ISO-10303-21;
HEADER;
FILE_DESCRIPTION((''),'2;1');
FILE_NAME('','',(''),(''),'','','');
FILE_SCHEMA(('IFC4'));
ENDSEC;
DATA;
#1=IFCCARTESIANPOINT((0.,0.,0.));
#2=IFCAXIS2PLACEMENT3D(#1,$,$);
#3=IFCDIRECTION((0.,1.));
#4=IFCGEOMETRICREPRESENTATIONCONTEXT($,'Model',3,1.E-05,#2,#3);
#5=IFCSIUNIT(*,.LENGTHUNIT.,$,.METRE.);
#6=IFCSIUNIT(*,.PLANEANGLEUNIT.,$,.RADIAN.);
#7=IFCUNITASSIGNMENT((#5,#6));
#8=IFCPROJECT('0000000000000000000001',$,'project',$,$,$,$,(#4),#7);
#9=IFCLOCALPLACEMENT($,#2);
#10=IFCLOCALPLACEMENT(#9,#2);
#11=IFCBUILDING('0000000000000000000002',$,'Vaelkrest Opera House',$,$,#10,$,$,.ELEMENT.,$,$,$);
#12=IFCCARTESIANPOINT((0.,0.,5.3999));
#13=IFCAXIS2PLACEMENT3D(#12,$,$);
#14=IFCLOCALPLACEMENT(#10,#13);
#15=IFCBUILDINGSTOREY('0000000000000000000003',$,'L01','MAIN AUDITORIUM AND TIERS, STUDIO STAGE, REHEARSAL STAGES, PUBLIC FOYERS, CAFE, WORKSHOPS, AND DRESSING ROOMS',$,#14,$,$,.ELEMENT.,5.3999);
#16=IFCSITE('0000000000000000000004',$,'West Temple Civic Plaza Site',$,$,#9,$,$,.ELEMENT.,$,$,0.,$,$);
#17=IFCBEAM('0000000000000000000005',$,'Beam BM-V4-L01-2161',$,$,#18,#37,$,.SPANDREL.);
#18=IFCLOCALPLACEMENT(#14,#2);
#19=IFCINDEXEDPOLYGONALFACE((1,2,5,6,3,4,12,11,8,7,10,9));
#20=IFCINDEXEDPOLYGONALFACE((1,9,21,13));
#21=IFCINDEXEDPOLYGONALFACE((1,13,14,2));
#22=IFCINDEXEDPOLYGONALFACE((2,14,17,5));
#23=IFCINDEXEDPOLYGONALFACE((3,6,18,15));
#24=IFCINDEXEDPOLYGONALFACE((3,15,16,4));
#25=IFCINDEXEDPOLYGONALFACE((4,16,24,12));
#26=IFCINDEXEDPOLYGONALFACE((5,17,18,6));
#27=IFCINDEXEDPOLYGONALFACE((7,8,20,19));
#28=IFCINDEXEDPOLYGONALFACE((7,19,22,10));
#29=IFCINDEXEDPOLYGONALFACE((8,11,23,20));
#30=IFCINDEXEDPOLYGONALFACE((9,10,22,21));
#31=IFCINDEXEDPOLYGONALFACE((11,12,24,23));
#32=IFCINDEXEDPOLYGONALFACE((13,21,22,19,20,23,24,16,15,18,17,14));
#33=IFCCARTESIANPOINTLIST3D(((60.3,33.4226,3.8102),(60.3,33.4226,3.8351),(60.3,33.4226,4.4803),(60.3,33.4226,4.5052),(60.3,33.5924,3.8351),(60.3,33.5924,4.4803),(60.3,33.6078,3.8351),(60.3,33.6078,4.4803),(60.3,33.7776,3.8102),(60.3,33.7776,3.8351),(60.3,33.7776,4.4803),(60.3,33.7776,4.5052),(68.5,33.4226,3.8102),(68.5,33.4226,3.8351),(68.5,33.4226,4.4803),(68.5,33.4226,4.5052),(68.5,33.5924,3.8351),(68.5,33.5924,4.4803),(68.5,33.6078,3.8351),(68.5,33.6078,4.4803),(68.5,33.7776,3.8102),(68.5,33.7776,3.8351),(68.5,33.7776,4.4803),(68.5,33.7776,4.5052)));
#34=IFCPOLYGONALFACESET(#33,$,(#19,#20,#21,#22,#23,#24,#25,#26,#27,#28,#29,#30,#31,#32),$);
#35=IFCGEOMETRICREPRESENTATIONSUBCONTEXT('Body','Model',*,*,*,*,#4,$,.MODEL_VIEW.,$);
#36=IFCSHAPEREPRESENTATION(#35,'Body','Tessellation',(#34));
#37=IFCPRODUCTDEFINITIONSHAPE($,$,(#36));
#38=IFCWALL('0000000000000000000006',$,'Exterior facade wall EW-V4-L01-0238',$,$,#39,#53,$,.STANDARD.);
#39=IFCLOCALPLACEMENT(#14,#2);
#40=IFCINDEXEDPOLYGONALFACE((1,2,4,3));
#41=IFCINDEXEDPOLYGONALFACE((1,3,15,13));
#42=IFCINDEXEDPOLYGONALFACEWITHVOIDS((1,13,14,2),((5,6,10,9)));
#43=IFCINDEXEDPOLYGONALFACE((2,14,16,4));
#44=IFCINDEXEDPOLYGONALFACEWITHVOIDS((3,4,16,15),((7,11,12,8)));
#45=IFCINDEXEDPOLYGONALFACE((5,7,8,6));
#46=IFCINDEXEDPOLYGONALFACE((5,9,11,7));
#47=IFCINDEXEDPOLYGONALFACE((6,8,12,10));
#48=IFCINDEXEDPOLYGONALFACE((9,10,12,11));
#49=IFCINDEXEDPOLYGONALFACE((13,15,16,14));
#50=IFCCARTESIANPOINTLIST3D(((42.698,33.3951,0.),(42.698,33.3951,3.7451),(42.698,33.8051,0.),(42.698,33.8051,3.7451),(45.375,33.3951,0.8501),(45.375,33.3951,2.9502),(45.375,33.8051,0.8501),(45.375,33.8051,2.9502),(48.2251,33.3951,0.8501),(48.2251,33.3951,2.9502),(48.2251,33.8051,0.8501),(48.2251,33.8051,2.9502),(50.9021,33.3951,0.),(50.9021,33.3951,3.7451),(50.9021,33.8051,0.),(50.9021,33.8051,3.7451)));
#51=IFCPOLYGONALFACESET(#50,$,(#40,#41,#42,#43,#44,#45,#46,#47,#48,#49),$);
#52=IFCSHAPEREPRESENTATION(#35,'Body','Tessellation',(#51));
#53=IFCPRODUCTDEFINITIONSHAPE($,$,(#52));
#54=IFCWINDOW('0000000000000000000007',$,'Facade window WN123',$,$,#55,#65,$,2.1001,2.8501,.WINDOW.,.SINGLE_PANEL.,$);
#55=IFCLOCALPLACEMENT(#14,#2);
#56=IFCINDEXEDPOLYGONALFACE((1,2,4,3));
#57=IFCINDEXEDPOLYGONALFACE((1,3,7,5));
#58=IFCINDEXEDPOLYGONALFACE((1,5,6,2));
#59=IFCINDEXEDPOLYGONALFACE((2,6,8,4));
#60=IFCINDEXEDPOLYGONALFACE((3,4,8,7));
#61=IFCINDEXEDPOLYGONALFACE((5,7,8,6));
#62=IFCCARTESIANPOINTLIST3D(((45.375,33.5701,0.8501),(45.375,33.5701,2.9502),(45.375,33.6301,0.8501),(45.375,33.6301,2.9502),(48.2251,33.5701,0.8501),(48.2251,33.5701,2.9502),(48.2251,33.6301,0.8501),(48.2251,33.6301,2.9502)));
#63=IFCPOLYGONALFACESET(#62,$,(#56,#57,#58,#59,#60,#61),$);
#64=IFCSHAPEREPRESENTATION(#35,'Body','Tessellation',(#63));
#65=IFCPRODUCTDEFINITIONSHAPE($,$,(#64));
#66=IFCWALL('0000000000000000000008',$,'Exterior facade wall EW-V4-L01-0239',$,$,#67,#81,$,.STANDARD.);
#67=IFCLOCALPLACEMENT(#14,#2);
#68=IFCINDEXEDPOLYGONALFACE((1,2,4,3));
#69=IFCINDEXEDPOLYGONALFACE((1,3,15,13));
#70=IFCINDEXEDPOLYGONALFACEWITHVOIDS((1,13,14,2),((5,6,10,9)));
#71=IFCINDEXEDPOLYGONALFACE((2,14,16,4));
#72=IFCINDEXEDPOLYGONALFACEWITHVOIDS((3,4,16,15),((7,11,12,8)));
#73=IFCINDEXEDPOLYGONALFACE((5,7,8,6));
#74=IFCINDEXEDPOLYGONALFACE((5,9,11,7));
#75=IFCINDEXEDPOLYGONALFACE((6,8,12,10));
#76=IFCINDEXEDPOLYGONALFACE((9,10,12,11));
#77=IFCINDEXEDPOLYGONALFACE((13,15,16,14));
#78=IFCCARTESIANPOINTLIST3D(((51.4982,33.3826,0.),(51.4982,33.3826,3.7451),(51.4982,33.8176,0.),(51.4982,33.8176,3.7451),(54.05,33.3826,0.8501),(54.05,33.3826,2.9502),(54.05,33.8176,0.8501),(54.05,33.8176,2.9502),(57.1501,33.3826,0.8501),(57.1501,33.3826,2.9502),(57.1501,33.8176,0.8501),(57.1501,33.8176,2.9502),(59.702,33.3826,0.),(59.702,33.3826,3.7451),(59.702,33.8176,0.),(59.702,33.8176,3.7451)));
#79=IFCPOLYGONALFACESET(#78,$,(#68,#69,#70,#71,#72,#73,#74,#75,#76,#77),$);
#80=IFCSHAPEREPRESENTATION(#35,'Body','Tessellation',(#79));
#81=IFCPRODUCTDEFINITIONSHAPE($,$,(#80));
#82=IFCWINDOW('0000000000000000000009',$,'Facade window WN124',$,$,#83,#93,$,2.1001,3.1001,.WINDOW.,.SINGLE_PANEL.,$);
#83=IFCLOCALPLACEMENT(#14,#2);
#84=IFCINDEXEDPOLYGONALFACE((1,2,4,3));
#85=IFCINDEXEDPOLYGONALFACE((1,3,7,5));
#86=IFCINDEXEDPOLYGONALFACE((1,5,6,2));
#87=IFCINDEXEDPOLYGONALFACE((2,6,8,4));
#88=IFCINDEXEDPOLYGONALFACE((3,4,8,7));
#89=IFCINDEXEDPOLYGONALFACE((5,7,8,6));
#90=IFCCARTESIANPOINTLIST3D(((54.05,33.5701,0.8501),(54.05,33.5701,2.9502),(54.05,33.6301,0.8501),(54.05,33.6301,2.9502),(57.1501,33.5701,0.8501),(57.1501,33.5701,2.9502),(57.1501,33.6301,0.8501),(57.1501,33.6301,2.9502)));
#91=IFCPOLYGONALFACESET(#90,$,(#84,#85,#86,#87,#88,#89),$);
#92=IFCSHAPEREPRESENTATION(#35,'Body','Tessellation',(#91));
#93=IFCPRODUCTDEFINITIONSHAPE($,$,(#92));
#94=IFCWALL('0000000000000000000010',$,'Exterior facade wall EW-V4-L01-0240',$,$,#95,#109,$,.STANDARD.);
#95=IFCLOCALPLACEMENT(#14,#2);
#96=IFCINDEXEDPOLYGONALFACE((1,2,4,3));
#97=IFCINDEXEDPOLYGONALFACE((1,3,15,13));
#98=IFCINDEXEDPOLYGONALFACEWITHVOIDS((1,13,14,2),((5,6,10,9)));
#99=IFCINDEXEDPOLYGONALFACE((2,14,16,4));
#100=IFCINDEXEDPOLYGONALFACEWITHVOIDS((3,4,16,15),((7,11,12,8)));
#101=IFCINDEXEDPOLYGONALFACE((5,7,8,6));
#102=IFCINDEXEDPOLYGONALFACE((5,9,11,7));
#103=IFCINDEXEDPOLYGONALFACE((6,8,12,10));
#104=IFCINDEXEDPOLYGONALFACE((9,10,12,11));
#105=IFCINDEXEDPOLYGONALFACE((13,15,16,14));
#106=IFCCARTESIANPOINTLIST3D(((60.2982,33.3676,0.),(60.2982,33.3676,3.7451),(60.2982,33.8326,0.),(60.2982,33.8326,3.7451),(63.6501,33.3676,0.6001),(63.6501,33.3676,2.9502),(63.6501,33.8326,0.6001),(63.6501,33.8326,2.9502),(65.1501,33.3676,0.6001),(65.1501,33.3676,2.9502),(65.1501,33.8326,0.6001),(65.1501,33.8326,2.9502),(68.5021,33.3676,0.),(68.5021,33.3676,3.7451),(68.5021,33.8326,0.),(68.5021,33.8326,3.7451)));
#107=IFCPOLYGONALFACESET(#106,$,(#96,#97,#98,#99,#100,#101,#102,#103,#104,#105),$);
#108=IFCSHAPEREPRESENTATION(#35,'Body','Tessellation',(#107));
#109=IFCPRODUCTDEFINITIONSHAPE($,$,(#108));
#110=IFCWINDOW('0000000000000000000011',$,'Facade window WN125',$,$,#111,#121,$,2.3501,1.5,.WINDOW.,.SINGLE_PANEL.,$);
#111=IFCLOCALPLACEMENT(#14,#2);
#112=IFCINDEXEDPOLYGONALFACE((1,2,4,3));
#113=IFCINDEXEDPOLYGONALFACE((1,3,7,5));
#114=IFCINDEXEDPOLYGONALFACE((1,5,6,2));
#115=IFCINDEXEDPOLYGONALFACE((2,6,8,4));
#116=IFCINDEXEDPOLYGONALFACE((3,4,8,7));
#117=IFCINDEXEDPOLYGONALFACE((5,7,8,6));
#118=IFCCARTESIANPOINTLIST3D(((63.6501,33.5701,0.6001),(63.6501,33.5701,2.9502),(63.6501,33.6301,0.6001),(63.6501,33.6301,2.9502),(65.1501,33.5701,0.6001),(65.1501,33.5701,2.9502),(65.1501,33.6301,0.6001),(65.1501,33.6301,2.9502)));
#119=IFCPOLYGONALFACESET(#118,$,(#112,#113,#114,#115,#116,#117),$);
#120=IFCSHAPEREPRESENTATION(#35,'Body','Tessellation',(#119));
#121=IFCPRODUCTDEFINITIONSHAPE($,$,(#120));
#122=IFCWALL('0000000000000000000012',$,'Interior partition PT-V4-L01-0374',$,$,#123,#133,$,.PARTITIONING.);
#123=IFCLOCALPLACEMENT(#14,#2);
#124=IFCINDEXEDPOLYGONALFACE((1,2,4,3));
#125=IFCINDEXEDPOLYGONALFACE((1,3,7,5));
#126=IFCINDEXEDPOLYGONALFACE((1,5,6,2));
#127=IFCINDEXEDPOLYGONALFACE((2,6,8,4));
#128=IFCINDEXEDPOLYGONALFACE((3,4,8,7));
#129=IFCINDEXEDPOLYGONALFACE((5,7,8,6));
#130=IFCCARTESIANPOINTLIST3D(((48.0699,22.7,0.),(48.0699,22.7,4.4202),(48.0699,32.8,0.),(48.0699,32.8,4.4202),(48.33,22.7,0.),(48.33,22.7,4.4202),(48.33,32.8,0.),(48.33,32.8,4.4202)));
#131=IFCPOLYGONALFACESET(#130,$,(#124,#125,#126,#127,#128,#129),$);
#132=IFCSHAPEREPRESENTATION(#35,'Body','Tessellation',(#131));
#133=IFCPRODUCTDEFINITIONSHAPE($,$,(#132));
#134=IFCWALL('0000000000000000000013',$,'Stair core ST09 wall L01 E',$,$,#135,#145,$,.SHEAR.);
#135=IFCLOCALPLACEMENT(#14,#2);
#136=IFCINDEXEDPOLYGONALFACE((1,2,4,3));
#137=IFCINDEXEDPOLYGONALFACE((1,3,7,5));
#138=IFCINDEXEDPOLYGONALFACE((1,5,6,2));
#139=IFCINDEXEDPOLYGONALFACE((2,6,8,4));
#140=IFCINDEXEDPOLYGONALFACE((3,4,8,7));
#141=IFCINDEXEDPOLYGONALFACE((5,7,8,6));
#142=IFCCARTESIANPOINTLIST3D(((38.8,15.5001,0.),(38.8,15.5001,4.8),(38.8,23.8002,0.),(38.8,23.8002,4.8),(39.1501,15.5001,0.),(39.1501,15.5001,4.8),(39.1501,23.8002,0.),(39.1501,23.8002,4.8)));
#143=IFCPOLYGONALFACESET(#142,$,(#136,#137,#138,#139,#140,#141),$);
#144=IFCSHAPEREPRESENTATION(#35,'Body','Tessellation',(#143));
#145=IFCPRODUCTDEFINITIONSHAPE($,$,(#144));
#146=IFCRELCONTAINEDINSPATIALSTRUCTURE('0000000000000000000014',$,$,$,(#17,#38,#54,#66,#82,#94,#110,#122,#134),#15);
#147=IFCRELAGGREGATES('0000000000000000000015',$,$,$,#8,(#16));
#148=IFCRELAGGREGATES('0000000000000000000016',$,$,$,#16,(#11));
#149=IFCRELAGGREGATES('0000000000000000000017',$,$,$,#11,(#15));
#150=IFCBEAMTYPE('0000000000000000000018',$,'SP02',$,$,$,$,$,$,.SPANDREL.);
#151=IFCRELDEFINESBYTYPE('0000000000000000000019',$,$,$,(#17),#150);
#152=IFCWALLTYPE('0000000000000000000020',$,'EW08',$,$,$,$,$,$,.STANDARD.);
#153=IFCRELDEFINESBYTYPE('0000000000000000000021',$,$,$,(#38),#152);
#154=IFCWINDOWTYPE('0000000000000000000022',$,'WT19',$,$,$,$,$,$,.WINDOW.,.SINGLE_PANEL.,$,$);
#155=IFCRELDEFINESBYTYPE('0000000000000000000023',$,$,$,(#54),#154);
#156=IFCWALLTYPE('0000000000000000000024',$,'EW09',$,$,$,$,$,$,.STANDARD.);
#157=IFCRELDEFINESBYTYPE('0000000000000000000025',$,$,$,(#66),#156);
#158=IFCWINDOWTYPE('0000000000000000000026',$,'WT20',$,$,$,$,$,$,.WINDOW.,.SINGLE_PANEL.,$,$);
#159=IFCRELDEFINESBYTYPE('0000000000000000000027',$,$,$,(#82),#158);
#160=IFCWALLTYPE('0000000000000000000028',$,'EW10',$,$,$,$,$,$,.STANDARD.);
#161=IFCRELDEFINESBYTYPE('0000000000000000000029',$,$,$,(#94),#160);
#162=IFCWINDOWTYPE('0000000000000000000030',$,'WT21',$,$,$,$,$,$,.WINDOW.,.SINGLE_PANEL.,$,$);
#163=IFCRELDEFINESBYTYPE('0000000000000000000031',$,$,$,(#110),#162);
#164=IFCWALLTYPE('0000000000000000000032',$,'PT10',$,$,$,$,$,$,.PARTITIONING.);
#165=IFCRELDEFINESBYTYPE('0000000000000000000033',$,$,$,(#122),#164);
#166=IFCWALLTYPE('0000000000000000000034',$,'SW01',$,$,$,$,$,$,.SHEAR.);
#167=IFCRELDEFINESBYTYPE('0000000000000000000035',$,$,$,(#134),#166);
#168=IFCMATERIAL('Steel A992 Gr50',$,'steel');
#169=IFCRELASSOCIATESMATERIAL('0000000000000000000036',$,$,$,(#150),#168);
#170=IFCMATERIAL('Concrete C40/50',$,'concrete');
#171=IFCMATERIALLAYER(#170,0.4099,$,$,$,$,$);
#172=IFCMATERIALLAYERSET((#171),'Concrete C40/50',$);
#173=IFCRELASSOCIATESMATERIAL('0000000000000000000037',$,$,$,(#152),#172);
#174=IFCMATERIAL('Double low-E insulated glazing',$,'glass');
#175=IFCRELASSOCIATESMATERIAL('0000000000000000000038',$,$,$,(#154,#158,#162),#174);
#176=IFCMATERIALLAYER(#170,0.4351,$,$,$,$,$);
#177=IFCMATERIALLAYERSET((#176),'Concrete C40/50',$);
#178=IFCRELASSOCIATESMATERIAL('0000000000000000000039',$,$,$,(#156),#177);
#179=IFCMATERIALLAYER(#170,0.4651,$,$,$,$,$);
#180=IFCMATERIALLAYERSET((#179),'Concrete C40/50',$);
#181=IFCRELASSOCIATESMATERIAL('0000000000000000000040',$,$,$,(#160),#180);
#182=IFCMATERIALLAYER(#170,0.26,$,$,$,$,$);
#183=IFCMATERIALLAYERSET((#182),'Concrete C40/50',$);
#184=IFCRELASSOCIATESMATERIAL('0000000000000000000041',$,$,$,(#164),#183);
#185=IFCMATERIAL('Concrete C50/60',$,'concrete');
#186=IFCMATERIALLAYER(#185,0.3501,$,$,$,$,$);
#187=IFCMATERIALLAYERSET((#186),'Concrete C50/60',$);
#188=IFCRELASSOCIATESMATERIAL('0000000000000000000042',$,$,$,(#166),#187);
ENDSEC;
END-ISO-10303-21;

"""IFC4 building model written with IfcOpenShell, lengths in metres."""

from ifc_helpers import new_model, si_unit, direction, frame, frame_2d, origin, origin_2d, place, context, subcontext, project, spatial, rectangle, i_section, extrude, material, layer, layer_set, material_profile, profile_set, type_object, element, fill, save


model = new_model("IFC4")

# Units and contexts
model_context = context("Model", 3, precision=1e-05, world=origin(), true_north=direction((0.0, 1.0)))
body_context = subcontext(model_context, "Body", "Model", "MODEL_VIEW")
ifc_project = project(units=[si_unit("LENGTHUNIT", "METRE"), si_unit("PLANEANGLEUNIT", "RADIAN")], contexts=[model_context])

# Site, building, storey
site_placement = place(None, origin())
site = spatial("IfcSite", under=ifc_project, at=site_placement, Name="West Temple Civic Plaza Site", CompositionType="ELEMENT", RefElevation=0.0)
building_placement = place(site_placement, origin())
building = spatial("IfcBuilding", under=site, at=building_placement, Name="Vaelkrest Opera House", CompositionType="ELEMENT")
storey_placement = place(building_placement, frame((0.0, 0.0, 5.3999)))
storey = spatial("IfcBuildingStorey", under=building, at=storey_placement, Name="L01", Description="MAIN AUDITORIUM AND TIERS, STUDIO STAGE, REHEARSAL STAGES, PUBLIC FOYERS, CAFE, WORKSHOPS, AND DRESSING ROOMS", CompositionType="ELEMENT", Elevation=5.3999)

# Shared definitions
ifc_material_1 = material(Name="Concrete C50/60", Category="concrete")

# Beam
ifc_material_2 = material(Name="Steel A992 Gr50", Category="steel")
ifc_material_profile_1 = material_profile(ifc_material_2, i_section(OverallWidth=0.355, OverallDepth=0.6951, WebThickness=0.0154, FlangeThickness=0.0249, at=origin_2d()), Name="W27X146")
ifc_profile_set_1 = profile_set([ifc_material_profile_1], Name="Steel A992 Gr50")
beam_type_1 = type_object("IfcBeamType", Name="SP02", PredefinedType="SPANDREL", material=ifc_profile_set_1)
for number, where, z_axis, x_axis, name in (
    (1, (60.3, 33.6001, 4.1577), (1.0, 0.0, 0.0), (0.0, 1.0, 0.0), "Beam BM-V4-L01-2161"),
):
    element("IfcBeam", number, at=place(storey_placement, frame(where, z_axis=z_axis, x_axis=x_axis)), inside=storey, type_object=beam_type_1, Name=name, PredefinedType="SPANDREL", context=body_context, shape_type="SweptSolid", body=[
        extrude(i_section(OverallWidth=0.355, OverallDepth=0.6951, WebThickness=0.0154, FlangeThickness=0.0249, at=origin_2d()), origin(), (0.0, 0.0, 1.0), 8.2),
    ])

# Walls, openings, windows
ifc_material_3 = material(Name="Concrete C40/50", Category="concrete")
ifc_layer_1 = layer(ifc_material_3, 0.4099)
ifc_layer_set_1 = layer_set([ifc_layer_1], Name="Concrete C40/50")
wall_type_1 = type_object("IfcWallType", Name="EW08", PredefinedType="STANDARD", material=ifc_layer_set_1)
wall_1_placement = place(storey_placement, frame((42.698, 33.6001, 0.0), z_axis=(0.0, 0.0, 1.0), x_axis=(1.0, 0.0, 0.0)))
wall_1 = element("IfcWall", 2, at=wall_1_placement, inside=storey, type_object=wall_type_1, Name="Exterior facade wall EW-V4-L01-0238", PredefinedType="STANDARD", context=body_context, shape_type="SweptSolid", body=[
    extrude(rectangle(XDim=8.2041, YDim=0.4099, at=frame_2d((4.1021, 0.0))), origin(), (0.0, 0.0, 1.0), 3.7451),
])
opening_1_placement = place(wall_1_placement, frame((2.677, 0.0, 0.8501)))
opening_1 = element("IfcOpeningElement", 3, at=opening_1_placement, cuts=wall_1, PredefinedType="OPENING", context=body_context, shape_type="SweptSolid", body=[
    extrude(rectangle(XDim=2.8501, YDim=2.1001, at=frame_2d((1.425, 1.05))), frame((0.0, 0.2148, 0.0), z_axis=(0.0, -1.0, 0.0), x_axis=(1.0, 0.0, 0.0)), (0.0, 0.0, 1.0), 0.4299),
])
ifc_material_4 = material(Name="Double low-E insulated glazing", Category="glass")
window_type_1 = type_object("IfcWindowType", Name="WT19", PartitioningType="SINGLE_PANEL", PredefinedType="WINDOW", material=ifc_material_4)
window_1_placement = place(opening_1_placement, origin())
window_1 = element("IfcWindow", 4, at=window_1_placement, inside=storey, type_object=window_type_1, Name="Facade window WN123", OverallHeight=2.1001, OverallWidth=2.8501, PartitioningType="SINGLE_PANEL", PredefinedType="WINDOW", context=body_context, shape_type="SweptSolid", body=[
    extrude(rectangle(XDim=2.8501, YDim=2.1001, at=frame_2d((1.425, 1.05))), frame((0.0, 0.03, 0.0), z_axis=(0.0, -1.0, 0.0), x_axis=(1.0, 0.0, 0.0)), (0.0, 0.0, 1.0), 0.0601),
])
fill(opening_1, window_1)
ifc_layer_2 = layer(ifc_material_3, 0.4351)
ifc_layer_set_2 = layer_set([ifc_layer_2], Name="Concrete C40/50")
wall_type_2 = type_object("IfcWallType", Name="EW09", PredefinedType="STANDARD", material=ifc_layer_set_2)
wall_2_placement = place(storey_placement, frame((51.498, 33.6001, 0.0), z_axis=(0.0, 0.0, 1.0), x_axis=(1.0, 0.0, 0.0)))
wall_2 = element("IfcWall", 5, at=wall_2_placement, inside=storey, type_object=wall_type_2, Name="Exterior facade wall EW-V4-L01-0239", PredefinedType="STANDARD", context=body_context, shape_type="SweptSolid", body=[
    extrude(rectangle(XDim=8.2039, YDim=0.4351, at=frame_2d((4.1021, 0.0))), origin(), (0.0, 0.0, 1.0), 3.7451),
])
opening_2_placement = place(wall_2_placement, frame((2.552, 0.0, 0.8501)))
opening_2 = element("IfcOpeningElement", 6, at=opening_2_placement, cuts=wall_2, PredefinedType="OPENING", context=body_context, shape_type="SweptSolid", body=[
    extrude(rectangle(XDim=3.1001, YDim=2.1001, at=frame_2d((1.55, 1.05))), frame((0.0, 0.2275, 0.0), z_axis=(0.0, -1.0, 0.0), x_axis=(1.0, 0.0, 0.0)), (0.0, 0.0, 1.0), 0.4551),
])
window_type_2 = type_object("IfcWindowType", Name="WT20", PartitioningType="SINGLE_PANEL", PredefinedType="WINDOW", material=ifc_material_4)
window_2_placement = place(opening_2_placement, origin())
window_2 = element("IfcWindow", 7, at=window_2_placement, inside=storey, type_object=window_type_2, Name="Facade window WN124", OverallHeight=2.1001, OverallWidth=3.1001, PartitioningType="SINGLE_PANEL", PredefinedType="WINDOW", context=body_context, shape_type="SweptSolid", body=[
    extrude(rectangle(XDim=3.1001, YDim=2.1001, at=frame_2d((1.55, 1.05))), frame((0.0, 0.03, 0.0), z_axis=(0.0, -1.0, 0.0), x_axis=(1.0, 0.0, 0.0)), (0.0, 0.0, 1.0), 0.0601),
])
fill(opening_2, window_2)
ifc_layer_3 = layer(ifc_material_3, 0.4651)
ifc_layer_set_3 = layer_set([ifc_layer_3], Name="Concrete C40/50")
wall_type_3 = type_object("IfcWallType", Name="EW10", PredefinedType="STANDARD", material=ifc_layer_set_3)
wall_3_placement = place(storey_placement, frame((60.2981, 33.6001, 0.0), z_axis=(0.0, 0.0, 1.0), x_axis=(1.0, 0.0, 0.0)))
wall_3 = element("IfcWall", 8, at=wall_3_placement, inside=storey, type_object=wall_type_3, Name="Exterior facade wall EW-V4-L01-0240", PredefinedType="STANDARD", context=body_context, shape_type="SweptSolid", body=[
    extrude(rectangle(XDim=8.2039, YDim=0.4651, at=frame_2d((4.1021, 0.0))), origin(), (0.0, 0.0, 1.0), 3.7451),
])
opening_3_placement = place(wall_3_placement, frame((3.3521, 0.0, 0.6001)))
opening_3 = element("IfcOpeningElement", 9, at=opening_3_placement, cuts=wall_3, PredefinedType="OPENING", context=body_context, shape_type="SweptSolid", body=[
    extrude(rectangle(XDim=1.5, YDim=2.3501, at=frame_2d((0.75, 1.175))), frame((0.0, 0.2424, 0.0), z_axis=(0.0, -1.0, 0.0), x_axis=(1.0, 0.0, 0.0)), (0.0, 0.0, 1.0), 0.4851),
])
window_type_3 = type_object("IfcWindowType", Name="WT21", PartitioningType="SINGLE_PANEL", PredefinedType="WINDOW", material=ifc_material_4)
window_3_placement = place(opening_3_placement, origin())
window_3 = element("IfcWindow", 10, at=window_3_placement, inside=storey, type_object=window_type_3, Name="Facade window WN125", OverallHeight=2.3501, OverallWidth=1.5, PartitioningType="SINGLE_PANEL", PredefinedType="WINDOW", context=body_context, shape_type="SweptSolid", body=[
    extrude(rectangle(XDim=1.5, YDim=2.3501, at=frame_2d((0.75, 1.175))), frame((0.0, 0.03, 0.0), z_axis=(0.0, -1.0, 0.0), x_axis=(1.0, 0.0, 0.0)), (0.0, 0.0, 1.0), 0.0601),
])
fill(opening_3, window_3)

# Walls
ifc_layer_4 = layer(ifc_material_3, 0.26)
ifc_layer_set_4 = layer_set([ifc_layer_4], Name="Concrete C40/50")
wall_type_4 = type_object("IfcWallType", Name="PT10", PredefinedType="PARTITIONING", material=ifc_layer_set_4)
wall_4_placement = place(storey_placement, frame((48.2, 22.7, 0.0), z_axis=(0.0, 0.0, 1.0), x_axis=(0.0, 1.0, 0.0)))
element("IfcWall", 11, at=wall_4_placement, inside=storey, type_object=wall_type_4, Name="Interior partition PT-V4-L01-0374", PredefinedType="PARTITIONING", context=body_context, shape_type="SweptSolid", body=[
    extrude(rectangle(XDim=10.1001, YDim=0.26, at=frame_2d((5.05, 0.0))), origin(), (0.0, 0.0, 1.0), 4.4202),
])
ifc_layer_5 = layer(ifc_material_1, 0.3501)
ifc_layer_set_5 = layer_set([ifc_layer_5], Name="Concrete C50/60")
wall_type_5 = type_object("IfcWallType", Name="SW01", PredefinedType="SHEAR", material=ifc_layer_set_5)
wall_5_placement = place(storey_placement, frame((38.9751, 23.8, 0.0), z_axis=(0.0, 0.0, 1.0), x_axis=(0.0, -1.0, 0.0)))
element("IfcWall", 12, at=wall_5_placement, inside=storey, type_object=wall_type_5, Name="Stair core ST09 wall L01 E", PredefinedType="SHEAR", context=body_context, shape_type="SweptSolid", body=[
    extrude(rectangle(XDim=8.3, YDim=0.3501, at=frame_2d((4.1499, 0.0))), origin(), (0.0, 0.0, 1.0), 4.8),
])

save(model, "model.ifc")
